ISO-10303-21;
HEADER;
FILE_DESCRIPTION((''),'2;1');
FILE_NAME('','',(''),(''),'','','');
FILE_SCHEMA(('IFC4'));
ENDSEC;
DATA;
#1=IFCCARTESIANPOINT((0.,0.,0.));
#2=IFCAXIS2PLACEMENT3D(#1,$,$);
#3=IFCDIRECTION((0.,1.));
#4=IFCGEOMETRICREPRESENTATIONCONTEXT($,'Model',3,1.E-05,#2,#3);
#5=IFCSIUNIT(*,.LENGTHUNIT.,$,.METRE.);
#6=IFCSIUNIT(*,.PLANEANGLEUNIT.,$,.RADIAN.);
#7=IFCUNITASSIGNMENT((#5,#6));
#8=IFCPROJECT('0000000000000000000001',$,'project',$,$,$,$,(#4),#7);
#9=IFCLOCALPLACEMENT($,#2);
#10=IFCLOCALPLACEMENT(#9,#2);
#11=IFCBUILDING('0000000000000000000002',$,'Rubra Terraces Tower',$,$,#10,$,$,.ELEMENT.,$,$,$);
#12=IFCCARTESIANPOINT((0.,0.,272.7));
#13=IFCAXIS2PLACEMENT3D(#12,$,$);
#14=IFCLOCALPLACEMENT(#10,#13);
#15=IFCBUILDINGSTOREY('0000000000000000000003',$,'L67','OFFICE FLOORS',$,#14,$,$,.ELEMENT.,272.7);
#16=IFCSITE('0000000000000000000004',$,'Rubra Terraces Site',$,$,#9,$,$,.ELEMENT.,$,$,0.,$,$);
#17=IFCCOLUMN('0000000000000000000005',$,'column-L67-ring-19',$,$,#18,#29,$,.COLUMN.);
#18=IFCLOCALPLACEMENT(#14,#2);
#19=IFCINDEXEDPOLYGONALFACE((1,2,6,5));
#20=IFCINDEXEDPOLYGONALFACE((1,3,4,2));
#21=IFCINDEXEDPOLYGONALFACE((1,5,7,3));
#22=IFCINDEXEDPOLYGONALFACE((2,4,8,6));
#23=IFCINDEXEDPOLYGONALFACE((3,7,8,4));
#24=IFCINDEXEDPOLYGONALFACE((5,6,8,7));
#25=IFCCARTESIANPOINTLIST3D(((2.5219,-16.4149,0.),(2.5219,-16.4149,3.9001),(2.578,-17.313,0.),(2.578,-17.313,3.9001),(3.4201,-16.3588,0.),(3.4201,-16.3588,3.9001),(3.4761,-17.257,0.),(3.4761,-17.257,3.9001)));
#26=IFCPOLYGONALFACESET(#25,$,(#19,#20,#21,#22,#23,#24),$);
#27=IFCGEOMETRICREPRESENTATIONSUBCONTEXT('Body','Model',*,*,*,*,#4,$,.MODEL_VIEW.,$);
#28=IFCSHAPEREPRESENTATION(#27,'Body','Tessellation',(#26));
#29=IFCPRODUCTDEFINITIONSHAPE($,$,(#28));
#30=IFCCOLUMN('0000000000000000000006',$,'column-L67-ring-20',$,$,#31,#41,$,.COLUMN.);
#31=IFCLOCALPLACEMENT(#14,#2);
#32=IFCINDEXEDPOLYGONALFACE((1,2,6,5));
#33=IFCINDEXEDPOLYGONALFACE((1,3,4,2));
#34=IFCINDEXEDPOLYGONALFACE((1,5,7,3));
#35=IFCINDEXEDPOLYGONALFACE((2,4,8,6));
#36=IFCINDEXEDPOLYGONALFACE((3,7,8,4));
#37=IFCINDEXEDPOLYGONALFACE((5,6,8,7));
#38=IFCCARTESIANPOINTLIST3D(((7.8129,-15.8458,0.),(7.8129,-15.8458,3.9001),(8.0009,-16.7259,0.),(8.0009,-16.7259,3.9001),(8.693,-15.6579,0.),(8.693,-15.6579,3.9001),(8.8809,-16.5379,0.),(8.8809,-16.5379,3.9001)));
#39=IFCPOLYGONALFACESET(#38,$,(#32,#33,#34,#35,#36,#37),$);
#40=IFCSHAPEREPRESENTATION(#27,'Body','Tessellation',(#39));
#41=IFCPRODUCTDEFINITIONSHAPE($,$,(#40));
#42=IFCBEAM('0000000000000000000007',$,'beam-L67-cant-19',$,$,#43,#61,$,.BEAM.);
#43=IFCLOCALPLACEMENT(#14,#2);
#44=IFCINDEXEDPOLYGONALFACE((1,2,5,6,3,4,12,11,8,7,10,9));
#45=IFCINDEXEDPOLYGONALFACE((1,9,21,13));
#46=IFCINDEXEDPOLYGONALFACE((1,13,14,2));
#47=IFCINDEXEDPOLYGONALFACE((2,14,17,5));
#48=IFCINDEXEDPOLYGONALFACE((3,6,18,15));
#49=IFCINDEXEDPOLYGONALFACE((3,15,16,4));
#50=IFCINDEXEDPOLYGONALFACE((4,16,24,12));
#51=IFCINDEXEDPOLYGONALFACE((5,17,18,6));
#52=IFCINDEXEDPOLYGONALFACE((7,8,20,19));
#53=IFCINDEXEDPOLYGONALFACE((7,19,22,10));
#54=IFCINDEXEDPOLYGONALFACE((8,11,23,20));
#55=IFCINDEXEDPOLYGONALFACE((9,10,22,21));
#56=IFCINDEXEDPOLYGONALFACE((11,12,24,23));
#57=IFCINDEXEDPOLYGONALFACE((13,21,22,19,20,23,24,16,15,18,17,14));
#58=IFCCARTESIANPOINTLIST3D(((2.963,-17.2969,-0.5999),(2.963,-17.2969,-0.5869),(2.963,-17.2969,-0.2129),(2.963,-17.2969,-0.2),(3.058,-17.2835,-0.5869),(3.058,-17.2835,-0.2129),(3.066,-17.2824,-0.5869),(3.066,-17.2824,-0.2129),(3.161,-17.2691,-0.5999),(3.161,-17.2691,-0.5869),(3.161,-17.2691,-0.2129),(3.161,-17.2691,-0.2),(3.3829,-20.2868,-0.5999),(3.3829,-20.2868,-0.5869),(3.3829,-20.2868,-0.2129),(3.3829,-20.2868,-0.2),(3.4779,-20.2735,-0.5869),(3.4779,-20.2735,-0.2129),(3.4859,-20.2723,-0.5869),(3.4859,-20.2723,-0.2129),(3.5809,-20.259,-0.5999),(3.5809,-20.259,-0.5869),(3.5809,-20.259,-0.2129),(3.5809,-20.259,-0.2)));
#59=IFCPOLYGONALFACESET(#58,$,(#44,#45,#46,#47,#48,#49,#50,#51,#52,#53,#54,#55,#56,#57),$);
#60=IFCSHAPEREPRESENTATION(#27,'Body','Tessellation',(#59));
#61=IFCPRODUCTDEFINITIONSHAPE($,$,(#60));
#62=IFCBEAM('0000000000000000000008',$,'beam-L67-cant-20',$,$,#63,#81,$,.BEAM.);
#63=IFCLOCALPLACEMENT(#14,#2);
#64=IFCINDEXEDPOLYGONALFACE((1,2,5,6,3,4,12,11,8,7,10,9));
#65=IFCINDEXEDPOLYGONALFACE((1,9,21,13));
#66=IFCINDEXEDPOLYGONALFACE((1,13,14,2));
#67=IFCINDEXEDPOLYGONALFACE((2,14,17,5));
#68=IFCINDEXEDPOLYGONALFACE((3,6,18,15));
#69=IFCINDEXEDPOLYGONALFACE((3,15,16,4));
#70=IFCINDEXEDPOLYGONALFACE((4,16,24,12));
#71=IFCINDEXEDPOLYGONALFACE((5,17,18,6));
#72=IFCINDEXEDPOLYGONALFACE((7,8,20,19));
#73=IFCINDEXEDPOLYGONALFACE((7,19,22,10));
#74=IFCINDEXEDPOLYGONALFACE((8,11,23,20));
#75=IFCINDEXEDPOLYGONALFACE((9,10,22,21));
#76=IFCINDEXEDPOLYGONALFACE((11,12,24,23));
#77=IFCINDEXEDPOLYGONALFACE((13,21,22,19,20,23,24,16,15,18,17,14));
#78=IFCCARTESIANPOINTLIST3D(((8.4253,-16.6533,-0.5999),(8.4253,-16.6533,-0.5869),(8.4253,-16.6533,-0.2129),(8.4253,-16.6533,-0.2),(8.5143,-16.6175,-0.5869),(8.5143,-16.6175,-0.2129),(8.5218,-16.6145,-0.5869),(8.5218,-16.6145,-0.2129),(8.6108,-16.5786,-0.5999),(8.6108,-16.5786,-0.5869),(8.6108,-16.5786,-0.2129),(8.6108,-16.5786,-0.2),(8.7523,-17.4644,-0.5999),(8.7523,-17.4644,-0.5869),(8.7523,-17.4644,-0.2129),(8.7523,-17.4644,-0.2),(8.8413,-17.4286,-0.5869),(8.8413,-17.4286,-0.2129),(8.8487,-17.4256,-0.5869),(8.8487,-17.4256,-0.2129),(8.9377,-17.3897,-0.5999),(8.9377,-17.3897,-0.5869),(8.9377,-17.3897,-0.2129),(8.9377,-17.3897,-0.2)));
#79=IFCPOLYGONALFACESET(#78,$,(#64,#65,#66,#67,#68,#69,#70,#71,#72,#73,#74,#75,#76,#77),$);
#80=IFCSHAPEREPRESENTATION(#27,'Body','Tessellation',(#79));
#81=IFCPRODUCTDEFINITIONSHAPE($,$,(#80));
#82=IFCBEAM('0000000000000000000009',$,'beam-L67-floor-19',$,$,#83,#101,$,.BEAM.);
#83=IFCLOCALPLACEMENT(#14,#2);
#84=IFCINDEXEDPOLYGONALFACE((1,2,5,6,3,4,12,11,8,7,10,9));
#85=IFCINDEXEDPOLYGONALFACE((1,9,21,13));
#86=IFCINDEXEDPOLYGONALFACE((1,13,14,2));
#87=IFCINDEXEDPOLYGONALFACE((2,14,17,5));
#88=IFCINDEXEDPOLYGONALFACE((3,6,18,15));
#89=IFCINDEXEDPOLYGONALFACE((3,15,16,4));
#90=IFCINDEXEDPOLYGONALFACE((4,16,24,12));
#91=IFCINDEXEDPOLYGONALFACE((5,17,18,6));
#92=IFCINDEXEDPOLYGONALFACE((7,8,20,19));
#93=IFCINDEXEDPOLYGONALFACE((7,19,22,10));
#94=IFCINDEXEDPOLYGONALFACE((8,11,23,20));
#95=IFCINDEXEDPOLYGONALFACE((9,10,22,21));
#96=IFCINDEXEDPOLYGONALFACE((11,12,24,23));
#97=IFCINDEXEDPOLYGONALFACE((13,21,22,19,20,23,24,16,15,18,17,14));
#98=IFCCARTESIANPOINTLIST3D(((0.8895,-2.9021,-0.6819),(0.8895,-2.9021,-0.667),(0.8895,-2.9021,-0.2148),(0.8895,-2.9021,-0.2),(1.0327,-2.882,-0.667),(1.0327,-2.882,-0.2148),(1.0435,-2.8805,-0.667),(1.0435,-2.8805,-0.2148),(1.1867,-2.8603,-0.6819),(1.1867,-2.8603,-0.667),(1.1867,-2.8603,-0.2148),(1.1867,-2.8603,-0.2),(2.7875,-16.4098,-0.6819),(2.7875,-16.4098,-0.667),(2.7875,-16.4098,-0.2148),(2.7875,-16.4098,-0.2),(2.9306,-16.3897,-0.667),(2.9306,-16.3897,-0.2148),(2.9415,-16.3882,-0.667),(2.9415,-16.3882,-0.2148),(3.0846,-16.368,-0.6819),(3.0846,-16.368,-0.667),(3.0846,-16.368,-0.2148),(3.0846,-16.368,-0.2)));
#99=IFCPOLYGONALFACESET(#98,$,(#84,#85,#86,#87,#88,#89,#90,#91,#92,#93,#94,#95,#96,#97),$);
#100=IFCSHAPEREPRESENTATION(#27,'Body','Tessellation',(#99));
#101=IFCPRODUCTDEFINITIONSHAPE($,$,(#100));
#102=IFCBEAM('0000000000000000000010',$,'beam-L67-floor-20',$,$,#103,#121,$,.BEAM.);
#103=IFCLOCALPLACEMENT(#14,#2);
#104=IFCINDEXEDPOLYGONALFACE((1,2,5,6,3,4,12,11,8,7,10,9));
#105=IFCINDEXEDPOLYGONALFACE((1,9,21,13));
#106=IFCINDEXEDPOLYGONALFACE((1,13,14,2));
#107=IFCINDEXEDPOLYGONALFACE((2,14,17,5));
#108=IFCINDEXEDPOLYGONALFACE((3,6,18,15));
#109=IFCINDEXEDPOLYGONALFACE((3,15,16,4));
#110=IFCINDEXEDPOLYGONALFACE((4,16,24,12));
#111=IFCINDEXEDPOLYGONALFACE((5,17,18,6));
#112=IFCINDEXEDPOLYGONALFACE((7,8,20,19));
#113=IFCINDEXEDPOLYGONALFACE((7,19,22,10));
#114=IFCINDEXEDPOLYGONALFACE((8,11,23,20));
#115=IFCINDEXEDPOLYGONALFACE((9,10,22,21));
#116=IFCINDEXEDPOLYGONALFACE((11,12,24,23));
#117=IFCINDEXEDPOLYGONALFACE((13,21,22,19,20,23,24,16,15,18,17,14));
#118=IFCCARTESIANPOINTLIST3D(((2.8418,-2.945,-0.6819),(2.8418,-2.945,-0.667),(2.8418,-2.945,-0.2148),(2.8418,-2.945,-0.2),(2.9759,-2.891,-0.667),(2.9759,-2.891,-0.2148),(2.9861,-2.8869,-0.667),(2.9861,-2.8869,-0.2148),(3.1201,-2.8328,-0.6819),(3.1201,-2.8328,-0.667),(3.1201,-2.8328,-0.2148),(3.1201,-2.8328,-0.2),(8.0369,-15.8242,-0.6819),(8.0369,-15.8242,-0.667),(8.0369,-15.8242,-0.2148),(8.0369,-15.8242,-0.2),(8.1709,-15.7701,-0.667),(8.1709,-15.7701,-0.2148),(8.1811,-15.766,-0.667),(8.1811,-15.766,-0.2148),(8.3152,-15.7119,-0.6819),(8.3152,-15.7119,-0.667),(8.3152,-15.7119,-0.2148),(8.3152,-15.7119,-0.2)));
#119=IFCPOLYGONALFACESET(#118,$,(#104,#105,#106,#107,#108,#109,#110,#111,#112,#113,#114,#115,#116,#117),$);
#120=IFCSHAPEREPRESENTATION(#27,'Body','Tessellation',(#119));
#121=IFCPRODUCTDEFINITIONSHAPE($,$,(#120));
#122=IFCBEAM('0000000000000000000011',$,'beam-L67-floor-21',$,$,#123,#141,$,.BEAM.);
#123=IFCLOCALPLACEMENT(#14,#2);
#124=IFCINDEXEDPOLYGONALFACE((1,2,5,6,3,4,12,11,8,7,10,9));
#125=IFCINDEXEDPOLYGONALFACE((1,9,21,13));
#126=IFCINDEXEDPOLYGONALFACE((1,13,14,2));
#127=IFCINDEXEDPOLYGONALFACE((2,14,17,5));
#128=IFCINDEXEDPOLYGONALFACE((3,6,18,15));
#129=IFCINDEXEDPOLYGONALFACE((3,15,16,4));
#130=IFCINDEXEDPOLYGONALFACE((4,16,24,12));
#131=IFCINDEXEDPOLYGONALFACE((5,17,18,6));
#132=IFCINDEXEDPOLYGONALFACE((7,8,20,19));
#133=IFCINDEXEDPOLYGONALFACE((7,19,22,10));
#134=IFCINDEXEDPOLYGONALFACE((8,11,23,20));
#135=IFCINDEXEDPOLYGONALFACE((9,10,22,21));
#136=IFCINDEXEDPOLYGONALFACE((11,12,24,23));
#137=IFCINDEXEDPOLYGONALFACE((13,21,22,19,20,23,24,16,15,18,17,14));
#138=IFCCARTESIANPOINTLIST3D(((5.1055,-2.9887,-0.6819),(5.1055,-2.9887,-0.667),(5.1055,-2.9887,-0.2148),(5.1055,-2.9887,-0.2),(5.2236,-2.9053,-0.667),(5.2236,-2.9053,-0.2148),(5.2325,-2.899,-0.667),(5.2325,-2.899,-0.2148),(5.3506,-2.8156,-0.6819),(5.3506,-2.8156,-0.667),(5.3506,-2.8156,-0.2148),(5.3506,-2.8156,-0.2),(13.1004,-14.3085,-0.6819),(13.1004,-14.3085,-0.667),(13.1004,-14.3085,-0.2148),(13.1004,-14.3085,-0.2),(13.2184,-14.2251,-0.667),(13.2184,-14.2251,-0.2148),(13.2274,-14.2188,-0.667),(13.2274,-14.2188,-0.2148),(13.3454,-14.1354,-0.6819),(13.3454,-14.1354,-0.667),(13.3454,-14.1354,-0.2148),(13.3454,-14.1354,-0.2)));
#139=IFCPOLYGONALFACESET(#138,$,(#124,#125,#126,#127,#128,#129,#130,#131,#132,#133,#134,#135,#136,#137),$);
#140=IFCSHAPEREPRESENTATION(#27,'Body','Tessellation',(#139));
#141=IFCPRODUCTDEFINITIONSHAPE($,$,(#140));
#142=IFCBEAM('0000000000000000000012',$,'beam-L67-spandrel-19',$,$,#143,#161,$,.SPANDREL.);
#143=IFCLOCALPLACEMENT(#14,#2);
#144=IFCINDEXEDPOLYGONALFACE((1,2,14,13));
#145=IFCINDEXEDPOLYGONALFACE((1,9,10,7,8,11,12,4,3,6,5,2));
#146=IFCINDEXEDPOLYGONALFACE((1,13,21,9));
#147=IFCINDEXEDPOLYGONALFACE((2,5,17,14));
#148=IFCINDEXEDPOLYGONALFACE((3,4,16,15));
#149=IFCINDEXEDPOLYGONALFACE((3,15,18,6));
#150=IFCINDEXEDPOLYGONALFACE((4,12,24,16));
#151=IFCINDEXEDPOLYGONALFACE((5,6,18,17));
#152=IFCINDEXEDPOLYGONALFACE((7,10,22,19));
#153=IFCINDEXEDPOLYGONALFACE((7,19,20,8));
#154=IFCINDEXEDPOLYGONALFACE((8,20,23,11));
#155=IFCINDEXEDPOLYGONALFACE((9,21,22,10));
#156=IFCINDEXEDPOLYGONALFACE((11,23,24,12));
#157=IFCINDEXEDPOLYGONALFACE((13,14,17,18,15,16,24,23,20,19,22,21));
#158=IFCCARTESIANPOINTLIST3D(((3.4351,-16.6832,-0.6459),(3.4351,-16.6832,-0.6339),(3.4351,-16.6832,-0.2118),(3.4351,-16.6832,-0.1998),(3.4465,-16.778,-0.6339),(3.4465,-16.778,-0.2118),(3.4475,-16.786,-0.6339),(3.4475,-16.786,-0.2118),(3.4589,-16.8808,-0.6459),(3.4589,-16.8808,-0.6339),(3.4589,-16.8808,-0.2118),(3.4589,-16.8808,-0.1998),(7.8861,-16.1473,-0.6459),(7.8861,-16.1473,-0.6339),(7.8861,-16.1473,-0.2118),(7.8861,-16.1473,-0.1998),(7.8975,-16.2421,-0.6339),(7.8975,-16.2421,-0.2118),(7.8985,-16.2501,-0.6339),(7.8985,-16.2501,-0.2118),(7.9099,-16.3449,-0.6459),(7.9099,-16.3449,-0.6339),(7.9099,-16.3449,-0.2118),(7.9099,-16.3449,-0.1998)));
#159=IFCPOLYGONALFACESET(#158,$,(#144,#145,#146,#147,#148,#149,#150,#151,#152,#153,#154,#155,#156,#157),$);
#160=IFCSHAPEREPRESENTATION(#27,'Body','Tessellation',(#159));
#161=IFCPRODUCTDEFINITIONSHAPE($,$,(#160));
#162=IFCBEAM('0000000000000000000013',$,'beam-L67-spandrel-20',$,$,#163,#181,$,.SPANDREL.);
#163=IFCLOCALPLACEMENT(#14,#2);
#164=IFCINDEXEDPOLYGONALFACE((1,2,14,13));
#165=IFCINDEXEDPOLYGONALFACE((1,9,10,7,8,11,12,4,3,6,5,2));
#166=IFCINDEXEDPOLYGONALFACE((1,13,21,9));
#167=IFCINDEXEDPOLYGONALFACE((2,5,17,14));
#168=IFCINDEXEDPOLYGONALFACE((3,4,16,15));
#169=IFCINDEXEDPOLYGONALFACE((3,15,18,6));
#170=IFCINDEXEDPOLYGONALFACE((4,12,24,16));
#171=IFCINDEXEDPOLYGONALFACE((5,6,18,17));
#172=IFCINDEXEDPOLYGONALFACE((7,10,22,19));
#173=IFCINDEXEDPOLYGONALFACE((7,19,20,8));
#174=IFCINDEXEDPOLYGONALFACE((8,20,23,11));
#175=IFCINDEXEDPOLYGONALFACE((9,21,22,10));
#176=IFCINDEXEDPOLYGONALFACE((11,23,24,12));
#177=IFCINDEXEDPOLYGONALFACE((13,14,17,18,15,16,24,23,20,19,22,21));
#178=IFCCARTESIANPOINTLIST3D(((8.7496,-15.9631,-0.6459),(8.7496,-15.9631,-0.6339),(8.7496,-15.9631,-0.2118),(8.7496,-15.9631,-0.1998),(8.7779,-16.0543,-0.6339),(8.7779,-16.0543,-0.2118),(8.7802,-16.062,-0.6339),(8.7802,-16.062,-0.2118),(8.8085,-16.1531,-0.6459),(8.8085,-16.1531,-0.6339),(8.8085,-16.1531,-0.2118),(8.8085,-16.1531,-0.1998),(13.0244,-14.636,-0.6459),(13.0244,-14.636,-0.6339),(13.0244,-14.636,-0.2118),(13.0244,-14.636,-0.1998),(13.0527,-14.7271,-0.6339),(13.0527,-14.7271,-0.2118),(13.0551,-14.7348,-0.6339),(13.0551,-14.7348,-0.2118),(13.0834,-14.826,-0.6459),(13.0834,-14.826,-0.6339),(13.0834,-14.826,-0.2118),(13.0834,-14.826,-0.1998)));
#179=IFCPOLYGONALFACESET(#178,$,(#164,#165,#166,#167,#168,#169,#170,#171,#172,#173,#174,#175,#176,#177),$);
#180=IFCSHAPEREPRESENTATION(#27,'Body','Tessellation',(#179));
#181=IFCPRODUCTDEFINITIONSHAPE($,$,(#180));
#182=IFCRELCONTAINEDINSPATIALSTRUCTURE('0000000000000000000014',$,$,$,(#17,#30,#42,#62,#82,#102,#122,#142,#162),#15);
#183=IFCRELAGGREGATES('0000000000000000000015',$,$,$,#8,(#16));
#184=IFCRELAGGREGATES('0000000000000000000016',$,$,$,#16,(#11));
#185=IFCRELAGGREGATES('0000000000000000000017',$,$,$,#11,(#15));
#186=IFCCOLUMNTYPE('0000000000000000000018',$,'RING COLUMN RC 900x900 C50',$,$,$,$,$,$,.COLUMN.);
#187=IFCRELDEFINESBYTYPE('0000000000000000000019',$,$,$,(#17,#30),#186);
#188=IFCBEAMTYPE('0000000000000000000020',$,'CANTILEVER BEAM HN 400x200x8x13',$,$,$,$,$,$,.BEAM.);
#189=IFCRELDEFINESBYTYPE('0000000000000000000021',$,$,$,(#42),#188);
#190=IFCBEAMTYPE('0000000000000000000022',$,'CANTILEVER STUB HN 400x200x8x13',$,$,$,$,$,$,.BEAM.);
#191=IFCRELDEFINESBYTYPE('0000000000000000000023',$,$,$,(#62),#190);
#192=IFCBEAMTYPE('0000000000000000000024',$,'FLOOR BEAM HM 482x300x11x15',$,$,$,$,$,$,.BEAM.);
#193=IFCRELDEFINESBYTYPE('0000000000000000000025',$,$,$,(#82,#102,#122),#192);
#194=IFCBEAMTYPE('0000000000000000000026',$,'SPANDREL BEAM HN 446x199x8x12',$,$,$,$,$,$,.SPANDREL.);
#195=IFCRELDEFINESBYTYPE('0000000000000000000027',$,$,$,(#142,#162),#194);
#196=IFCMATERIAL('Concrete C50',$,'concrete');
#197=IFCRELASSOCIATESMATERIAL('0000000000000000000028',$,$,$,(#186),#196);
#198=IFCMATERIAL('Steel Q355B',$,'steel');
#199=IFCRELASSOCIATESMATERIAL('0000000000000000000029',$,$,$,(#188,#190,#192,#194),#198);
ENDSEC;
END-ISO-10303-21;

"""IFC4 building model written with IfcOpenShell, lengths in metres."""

from ifc_helpers import new_model, si_unit, direction, frame, origin, origin_2d, place, context, subcontext, project, spatial, rectangle, i_section, extrude, material, material_profile, profile_set, type_object, element, save


model = new_model("IFC4")

# Units and contexts
model_context = context("Model", 3, precision=1e-05, world=origin(), true_north=direction((0.0, 1.0)))
body_context = subcontext(model_context, "Body", "Model", "MODEL_VIEW")
ifc_project = project(units=[si_unit("LENGTHUNIT", "METRE"), si_unit("PLANEANGLEUNIT", "RADIAN")], contexts=[model_context])

# Site, building, storey
site_placement = place(None, origin())
site = spatial("IfcSite", under=ifc_project, at=site_placement, Name="Rubra Terraces Site", CompositionType="ELEMENT", RefElevation=0.0)
building_placement = place(site_placement, origin())
building = spatial("IfcBuilding", under=site, at=building_placement, Name="Rubra Terraces Tower", CompositionType="ELEMENT")
storey_placement = place(building_placement, frame((0.0, 0.0, 272.7)))
storey = spatial("IfcBuildingStorey", under=building, at=storey_placement, Name="L67", Description="OFFICE FLOORS", CompositionType="ELEMENT", Elevation=272.7)

# Columns
ifc_material_1 = material(Name="Concrete C50", Category="concrete")
ifc_material_profile_1 = material_profile(ifc_material_1, rectangle(XDim=0.8999, YDim=0.8999, at=origin_2d()), Name="RC 900x900")
ifc_profile_set_1 = profile_set([ifc_material_profile_1], Name="Concrete C50")
column_type = type_object("IfcColumnType", Name="RING COLUMN RC 900x900 C50", PredefinedType="COLUMN", material=ifc_profile_set_1)
for number, where, z_axis, x_axis, name in (
    (1, (2.999, -16.8359, 0.0), (0.0, 0.0, 1.0), (0.998059, 0.062268, 0.0), "column-L67-ring-19"),
    (2, (8.3469, -16.1919, 0.0), (0.0, 0.0, 1.0), (0.977944, 0.208867, 0.0), "column-L67-ring-20"),
):
    element("IfcColumn", number, at=place(storey_placement, frame(where, z_axis=z_axis, x_axis=x_axis)), inside=storey, type_object=column_type, Name=name, PredefinedType="COLUMN", context=body_context, shape_type="SweptSolid", body=[
        extrude(rectangle(XDim=0.8999, YDim=0.8999, at=origin_2d()), origin(), (0.0, 0.0, 1.0), 3.9001),
    ])

# Beams
ifc_material_2 = material(Name="Steel Q355B", Category="steel")
ifc_material_profile_2 = material_profile(ifc_material_2, i_section(OverallWidth=0.2, OverallDepth=0.3999, WebThickness=0.0081, FlangeThickness=0.0129, at=origin_2d()), Name="HN 400x200x8x13")
ifc_profile_set_2 = profile_set([ifc_material_profile_2], Name="Steel Q355B")
beam_type_1 = type_object("IfcBeamType", Name="CANTILEVER BEAM HN 400x200x8x13", PredefinedType="BEAM", material=ifc_profile_set_2)
beam_1_placement = place(storey_placement, frame((3.062, -17.283, -0.3999), z_axis=(0.139078, -0.990281, 0.0), x_axis=(0.990281, 0.139078, 0.0)))
element("IfcBeam", 3, at=beam_1_placement, inside=storey, type_object=beam_type_1, Name="beam-L67-cant-19", PredefinedType="BEAM", context=body_context, shape_type="SweptSolid", body=[
    extrude(i_section(OverallWidth=0.2, OverallDepth=0.3999, WebThickness=0.0081, FlangeThickness=0.0129, at=origin_2d()), origin(), (0.0, 0.0, 1.0), 3.0193),
])
ifc_material_profile_3 = material_profile(ifc_material_2, i_section(OverallWidth=0.2, OverallDepth=0.3999, WebThickness=0.0081, FlangeThickness=0.0129, at=origin_2d()), Name="HN 400x200x8x13")
ifc_profile_set_3 = profile_set([ifc_material_profile_3], Name="Steel Q355B")
beam_type_2 = type_object("IfcBeamType", Name="CANTILEVER STUB HN 400x200x8x13", PredefinedType="BEAM", material=ifc_profile_set_3)
beam_2_placement = place(storey_placement, frame((8.5181, -16.616, -0.3999), z_axis=(0.373844, -0.927491, 0.0), x_axis=(0.927491, 0.373844, 0.0)))
element("IfcBeam", 4, at=beam_2_placement, inside=storey, type_object=beam_type_2, Name="beam-L67-cant-20", PredefinedType="BEAM", context=body_context, shape_type="SweptSolid", body=[
    extrude(i_section(OverallWidth=0.2, OverallDepth=0.3999, WebThickness=0.0081, FlangeThickness=0.0129, at=origin_2d()), origin(), (0.0, 0.0, 1.0), 0.8745),
])
ifc_material_profile_4 = material_profile(ifc_material_2, i_section(OverallWidth=0.3, OverallDepth=0.4819, WebThickness=0.011, FlangeThickness=0.0149, at=origin_2d()), Name="HM 482x300x11x15")
ifc_profile_set_4 = profile_set([ifc_material_profile_4], Name="Steel Q355B")
beam_type_3 = type_object("IfcBeamType", Name="FLOOR BEAM HM 482x300x11x15", PredefinedType="BEAM", material=ifc_profile_set_4)
beam_3_placement = place(storey_placement, frame((2.936, -16.3889, -0.4409), z_axis=(-0.139141, 0.990273, 0.0), x_axis=(-0.990273, -0.139141, 0.0)))
element("IfcBeam", 5, at=beam_3_placement, inside=storey, type_object=beam_type_3, Name="beam-L67-floor-19", PredefinedType="BEAM", context=body_context, shape_type="SweptSolid", body=[
    extrude(i_section(OverallWidth=0.3, OverallDepth=0.4819, WebThickness=0.011, FlangeThickness=0.0149, at=origin_2d()), origin(), (0.0, 0.0, 1.0), 13.6404),
])
beam_4_placement = place(storey_placement, frame((8.176, -15.7681, -0.4409), z_axis=(-0.374084, 0.927395, 0.0), x_axis=(-0.927395, -0.374084, 0.0)))
element("IfcBeam", 6, at=beam_4_placement, inside=storey, type_object=beam_type_3, Name="beam-L67-floor-20", PredefinedType="BEAM", context=body_context, shape_type="SweptSolid", body=[
    extrude(i_section(OverallWidth=0.3, OverallDepth=0.4819, WebThickness=0.011, FlangeThickness=0.0149, at=origin_2d()), origin(), (0.0, 0.0, 1.0), 13.8875),
])
beam_5_placement = place(storey_placement, frame((13.2229, -14.2219, -0.4409), z_axis=(-0.576896, 0.816818, 0.0), x_axis=(-0.816818, -0.576896, 0.0)))
element("IfcBeam", 7, at=beam_5_placement, inside=storey, type_object=beam_type_3, Name="beam-L67-floor-21", PredefinedType="BEAM", context=body_context, shape_type="SweptSolid", body=[
    extrude(i_section(OverallWidth=0.3, OverallDepth=0.4819, WebThickness=0.011, FlangeThickness=0.0149, at=origin_2d()), origin(), (0.0, 0.0, 1.0), 13.8584),
])
ifc_material_profile_5 = material_profile(ifc_material_2, i_section(OverallWidth=0.199, OverallDepth=0.446, WebThickness=0.0081, FlangeThickness=0.012, at=origin_2d()), Name="HN 446x199x8x12")
ifc_profile_set_5 = profile_set([ifc_material_profile_5], Name="Steel Q355B")
beam_type_4 = type_object("IfcBeamType", Name="SPANDREL BEAM HN 446x199x8x12", PredefinedType="SPANDREL", material=ifc_profile_set_5)
beam_6_placement = place(storey_placement, frame((3.447, -16.782, -0.4229), z_axis=(0.99283, 0.119536, 0.0), x_axis=(-0.119536, 0.99283, 0.0)))
element("IfcBeam", 8, at=beam_6_placement, inside=storey, type_object=beam_type_4, Name="beam-L67-spandrel-19", PredefinedType="SPANDREL", context=body_context, shape_type="SweptSolid", body=[
    extrude(i_section(OverallWidth=0.199, OverallDepth=0.446, WebThickness=0.0081, FlangeThickness=0.012, at=origin_2d()), origin(), (0.0, 0.0, 1.0), 4.4832),
])
beam_7_placement = place(storey_placement, frame((8.7791, -16.0581, -0.4229), z_axis=(0.955035, 0.296492, 0.0), x_axis=(-0.296492, 0.955035, 0.0)))
element("IfcBeam", 9, at=beam_7_placement, inside=storey, type_object=beam_type_4, Name="beam-L67-spandrel-20", PredefinedType="SPANDREL", context=body_context, shape_type="SweptSolid", body=[
    extrude(i_section(OverallWidth=0.199, OverallDepth=0.446, WebThickness=0.0081, FlangeThickness=0.012, at=origin_2d()), origin(), (0.0, 0.0, 1.0), 4.4761),
])

save(model, "model.ifc")
